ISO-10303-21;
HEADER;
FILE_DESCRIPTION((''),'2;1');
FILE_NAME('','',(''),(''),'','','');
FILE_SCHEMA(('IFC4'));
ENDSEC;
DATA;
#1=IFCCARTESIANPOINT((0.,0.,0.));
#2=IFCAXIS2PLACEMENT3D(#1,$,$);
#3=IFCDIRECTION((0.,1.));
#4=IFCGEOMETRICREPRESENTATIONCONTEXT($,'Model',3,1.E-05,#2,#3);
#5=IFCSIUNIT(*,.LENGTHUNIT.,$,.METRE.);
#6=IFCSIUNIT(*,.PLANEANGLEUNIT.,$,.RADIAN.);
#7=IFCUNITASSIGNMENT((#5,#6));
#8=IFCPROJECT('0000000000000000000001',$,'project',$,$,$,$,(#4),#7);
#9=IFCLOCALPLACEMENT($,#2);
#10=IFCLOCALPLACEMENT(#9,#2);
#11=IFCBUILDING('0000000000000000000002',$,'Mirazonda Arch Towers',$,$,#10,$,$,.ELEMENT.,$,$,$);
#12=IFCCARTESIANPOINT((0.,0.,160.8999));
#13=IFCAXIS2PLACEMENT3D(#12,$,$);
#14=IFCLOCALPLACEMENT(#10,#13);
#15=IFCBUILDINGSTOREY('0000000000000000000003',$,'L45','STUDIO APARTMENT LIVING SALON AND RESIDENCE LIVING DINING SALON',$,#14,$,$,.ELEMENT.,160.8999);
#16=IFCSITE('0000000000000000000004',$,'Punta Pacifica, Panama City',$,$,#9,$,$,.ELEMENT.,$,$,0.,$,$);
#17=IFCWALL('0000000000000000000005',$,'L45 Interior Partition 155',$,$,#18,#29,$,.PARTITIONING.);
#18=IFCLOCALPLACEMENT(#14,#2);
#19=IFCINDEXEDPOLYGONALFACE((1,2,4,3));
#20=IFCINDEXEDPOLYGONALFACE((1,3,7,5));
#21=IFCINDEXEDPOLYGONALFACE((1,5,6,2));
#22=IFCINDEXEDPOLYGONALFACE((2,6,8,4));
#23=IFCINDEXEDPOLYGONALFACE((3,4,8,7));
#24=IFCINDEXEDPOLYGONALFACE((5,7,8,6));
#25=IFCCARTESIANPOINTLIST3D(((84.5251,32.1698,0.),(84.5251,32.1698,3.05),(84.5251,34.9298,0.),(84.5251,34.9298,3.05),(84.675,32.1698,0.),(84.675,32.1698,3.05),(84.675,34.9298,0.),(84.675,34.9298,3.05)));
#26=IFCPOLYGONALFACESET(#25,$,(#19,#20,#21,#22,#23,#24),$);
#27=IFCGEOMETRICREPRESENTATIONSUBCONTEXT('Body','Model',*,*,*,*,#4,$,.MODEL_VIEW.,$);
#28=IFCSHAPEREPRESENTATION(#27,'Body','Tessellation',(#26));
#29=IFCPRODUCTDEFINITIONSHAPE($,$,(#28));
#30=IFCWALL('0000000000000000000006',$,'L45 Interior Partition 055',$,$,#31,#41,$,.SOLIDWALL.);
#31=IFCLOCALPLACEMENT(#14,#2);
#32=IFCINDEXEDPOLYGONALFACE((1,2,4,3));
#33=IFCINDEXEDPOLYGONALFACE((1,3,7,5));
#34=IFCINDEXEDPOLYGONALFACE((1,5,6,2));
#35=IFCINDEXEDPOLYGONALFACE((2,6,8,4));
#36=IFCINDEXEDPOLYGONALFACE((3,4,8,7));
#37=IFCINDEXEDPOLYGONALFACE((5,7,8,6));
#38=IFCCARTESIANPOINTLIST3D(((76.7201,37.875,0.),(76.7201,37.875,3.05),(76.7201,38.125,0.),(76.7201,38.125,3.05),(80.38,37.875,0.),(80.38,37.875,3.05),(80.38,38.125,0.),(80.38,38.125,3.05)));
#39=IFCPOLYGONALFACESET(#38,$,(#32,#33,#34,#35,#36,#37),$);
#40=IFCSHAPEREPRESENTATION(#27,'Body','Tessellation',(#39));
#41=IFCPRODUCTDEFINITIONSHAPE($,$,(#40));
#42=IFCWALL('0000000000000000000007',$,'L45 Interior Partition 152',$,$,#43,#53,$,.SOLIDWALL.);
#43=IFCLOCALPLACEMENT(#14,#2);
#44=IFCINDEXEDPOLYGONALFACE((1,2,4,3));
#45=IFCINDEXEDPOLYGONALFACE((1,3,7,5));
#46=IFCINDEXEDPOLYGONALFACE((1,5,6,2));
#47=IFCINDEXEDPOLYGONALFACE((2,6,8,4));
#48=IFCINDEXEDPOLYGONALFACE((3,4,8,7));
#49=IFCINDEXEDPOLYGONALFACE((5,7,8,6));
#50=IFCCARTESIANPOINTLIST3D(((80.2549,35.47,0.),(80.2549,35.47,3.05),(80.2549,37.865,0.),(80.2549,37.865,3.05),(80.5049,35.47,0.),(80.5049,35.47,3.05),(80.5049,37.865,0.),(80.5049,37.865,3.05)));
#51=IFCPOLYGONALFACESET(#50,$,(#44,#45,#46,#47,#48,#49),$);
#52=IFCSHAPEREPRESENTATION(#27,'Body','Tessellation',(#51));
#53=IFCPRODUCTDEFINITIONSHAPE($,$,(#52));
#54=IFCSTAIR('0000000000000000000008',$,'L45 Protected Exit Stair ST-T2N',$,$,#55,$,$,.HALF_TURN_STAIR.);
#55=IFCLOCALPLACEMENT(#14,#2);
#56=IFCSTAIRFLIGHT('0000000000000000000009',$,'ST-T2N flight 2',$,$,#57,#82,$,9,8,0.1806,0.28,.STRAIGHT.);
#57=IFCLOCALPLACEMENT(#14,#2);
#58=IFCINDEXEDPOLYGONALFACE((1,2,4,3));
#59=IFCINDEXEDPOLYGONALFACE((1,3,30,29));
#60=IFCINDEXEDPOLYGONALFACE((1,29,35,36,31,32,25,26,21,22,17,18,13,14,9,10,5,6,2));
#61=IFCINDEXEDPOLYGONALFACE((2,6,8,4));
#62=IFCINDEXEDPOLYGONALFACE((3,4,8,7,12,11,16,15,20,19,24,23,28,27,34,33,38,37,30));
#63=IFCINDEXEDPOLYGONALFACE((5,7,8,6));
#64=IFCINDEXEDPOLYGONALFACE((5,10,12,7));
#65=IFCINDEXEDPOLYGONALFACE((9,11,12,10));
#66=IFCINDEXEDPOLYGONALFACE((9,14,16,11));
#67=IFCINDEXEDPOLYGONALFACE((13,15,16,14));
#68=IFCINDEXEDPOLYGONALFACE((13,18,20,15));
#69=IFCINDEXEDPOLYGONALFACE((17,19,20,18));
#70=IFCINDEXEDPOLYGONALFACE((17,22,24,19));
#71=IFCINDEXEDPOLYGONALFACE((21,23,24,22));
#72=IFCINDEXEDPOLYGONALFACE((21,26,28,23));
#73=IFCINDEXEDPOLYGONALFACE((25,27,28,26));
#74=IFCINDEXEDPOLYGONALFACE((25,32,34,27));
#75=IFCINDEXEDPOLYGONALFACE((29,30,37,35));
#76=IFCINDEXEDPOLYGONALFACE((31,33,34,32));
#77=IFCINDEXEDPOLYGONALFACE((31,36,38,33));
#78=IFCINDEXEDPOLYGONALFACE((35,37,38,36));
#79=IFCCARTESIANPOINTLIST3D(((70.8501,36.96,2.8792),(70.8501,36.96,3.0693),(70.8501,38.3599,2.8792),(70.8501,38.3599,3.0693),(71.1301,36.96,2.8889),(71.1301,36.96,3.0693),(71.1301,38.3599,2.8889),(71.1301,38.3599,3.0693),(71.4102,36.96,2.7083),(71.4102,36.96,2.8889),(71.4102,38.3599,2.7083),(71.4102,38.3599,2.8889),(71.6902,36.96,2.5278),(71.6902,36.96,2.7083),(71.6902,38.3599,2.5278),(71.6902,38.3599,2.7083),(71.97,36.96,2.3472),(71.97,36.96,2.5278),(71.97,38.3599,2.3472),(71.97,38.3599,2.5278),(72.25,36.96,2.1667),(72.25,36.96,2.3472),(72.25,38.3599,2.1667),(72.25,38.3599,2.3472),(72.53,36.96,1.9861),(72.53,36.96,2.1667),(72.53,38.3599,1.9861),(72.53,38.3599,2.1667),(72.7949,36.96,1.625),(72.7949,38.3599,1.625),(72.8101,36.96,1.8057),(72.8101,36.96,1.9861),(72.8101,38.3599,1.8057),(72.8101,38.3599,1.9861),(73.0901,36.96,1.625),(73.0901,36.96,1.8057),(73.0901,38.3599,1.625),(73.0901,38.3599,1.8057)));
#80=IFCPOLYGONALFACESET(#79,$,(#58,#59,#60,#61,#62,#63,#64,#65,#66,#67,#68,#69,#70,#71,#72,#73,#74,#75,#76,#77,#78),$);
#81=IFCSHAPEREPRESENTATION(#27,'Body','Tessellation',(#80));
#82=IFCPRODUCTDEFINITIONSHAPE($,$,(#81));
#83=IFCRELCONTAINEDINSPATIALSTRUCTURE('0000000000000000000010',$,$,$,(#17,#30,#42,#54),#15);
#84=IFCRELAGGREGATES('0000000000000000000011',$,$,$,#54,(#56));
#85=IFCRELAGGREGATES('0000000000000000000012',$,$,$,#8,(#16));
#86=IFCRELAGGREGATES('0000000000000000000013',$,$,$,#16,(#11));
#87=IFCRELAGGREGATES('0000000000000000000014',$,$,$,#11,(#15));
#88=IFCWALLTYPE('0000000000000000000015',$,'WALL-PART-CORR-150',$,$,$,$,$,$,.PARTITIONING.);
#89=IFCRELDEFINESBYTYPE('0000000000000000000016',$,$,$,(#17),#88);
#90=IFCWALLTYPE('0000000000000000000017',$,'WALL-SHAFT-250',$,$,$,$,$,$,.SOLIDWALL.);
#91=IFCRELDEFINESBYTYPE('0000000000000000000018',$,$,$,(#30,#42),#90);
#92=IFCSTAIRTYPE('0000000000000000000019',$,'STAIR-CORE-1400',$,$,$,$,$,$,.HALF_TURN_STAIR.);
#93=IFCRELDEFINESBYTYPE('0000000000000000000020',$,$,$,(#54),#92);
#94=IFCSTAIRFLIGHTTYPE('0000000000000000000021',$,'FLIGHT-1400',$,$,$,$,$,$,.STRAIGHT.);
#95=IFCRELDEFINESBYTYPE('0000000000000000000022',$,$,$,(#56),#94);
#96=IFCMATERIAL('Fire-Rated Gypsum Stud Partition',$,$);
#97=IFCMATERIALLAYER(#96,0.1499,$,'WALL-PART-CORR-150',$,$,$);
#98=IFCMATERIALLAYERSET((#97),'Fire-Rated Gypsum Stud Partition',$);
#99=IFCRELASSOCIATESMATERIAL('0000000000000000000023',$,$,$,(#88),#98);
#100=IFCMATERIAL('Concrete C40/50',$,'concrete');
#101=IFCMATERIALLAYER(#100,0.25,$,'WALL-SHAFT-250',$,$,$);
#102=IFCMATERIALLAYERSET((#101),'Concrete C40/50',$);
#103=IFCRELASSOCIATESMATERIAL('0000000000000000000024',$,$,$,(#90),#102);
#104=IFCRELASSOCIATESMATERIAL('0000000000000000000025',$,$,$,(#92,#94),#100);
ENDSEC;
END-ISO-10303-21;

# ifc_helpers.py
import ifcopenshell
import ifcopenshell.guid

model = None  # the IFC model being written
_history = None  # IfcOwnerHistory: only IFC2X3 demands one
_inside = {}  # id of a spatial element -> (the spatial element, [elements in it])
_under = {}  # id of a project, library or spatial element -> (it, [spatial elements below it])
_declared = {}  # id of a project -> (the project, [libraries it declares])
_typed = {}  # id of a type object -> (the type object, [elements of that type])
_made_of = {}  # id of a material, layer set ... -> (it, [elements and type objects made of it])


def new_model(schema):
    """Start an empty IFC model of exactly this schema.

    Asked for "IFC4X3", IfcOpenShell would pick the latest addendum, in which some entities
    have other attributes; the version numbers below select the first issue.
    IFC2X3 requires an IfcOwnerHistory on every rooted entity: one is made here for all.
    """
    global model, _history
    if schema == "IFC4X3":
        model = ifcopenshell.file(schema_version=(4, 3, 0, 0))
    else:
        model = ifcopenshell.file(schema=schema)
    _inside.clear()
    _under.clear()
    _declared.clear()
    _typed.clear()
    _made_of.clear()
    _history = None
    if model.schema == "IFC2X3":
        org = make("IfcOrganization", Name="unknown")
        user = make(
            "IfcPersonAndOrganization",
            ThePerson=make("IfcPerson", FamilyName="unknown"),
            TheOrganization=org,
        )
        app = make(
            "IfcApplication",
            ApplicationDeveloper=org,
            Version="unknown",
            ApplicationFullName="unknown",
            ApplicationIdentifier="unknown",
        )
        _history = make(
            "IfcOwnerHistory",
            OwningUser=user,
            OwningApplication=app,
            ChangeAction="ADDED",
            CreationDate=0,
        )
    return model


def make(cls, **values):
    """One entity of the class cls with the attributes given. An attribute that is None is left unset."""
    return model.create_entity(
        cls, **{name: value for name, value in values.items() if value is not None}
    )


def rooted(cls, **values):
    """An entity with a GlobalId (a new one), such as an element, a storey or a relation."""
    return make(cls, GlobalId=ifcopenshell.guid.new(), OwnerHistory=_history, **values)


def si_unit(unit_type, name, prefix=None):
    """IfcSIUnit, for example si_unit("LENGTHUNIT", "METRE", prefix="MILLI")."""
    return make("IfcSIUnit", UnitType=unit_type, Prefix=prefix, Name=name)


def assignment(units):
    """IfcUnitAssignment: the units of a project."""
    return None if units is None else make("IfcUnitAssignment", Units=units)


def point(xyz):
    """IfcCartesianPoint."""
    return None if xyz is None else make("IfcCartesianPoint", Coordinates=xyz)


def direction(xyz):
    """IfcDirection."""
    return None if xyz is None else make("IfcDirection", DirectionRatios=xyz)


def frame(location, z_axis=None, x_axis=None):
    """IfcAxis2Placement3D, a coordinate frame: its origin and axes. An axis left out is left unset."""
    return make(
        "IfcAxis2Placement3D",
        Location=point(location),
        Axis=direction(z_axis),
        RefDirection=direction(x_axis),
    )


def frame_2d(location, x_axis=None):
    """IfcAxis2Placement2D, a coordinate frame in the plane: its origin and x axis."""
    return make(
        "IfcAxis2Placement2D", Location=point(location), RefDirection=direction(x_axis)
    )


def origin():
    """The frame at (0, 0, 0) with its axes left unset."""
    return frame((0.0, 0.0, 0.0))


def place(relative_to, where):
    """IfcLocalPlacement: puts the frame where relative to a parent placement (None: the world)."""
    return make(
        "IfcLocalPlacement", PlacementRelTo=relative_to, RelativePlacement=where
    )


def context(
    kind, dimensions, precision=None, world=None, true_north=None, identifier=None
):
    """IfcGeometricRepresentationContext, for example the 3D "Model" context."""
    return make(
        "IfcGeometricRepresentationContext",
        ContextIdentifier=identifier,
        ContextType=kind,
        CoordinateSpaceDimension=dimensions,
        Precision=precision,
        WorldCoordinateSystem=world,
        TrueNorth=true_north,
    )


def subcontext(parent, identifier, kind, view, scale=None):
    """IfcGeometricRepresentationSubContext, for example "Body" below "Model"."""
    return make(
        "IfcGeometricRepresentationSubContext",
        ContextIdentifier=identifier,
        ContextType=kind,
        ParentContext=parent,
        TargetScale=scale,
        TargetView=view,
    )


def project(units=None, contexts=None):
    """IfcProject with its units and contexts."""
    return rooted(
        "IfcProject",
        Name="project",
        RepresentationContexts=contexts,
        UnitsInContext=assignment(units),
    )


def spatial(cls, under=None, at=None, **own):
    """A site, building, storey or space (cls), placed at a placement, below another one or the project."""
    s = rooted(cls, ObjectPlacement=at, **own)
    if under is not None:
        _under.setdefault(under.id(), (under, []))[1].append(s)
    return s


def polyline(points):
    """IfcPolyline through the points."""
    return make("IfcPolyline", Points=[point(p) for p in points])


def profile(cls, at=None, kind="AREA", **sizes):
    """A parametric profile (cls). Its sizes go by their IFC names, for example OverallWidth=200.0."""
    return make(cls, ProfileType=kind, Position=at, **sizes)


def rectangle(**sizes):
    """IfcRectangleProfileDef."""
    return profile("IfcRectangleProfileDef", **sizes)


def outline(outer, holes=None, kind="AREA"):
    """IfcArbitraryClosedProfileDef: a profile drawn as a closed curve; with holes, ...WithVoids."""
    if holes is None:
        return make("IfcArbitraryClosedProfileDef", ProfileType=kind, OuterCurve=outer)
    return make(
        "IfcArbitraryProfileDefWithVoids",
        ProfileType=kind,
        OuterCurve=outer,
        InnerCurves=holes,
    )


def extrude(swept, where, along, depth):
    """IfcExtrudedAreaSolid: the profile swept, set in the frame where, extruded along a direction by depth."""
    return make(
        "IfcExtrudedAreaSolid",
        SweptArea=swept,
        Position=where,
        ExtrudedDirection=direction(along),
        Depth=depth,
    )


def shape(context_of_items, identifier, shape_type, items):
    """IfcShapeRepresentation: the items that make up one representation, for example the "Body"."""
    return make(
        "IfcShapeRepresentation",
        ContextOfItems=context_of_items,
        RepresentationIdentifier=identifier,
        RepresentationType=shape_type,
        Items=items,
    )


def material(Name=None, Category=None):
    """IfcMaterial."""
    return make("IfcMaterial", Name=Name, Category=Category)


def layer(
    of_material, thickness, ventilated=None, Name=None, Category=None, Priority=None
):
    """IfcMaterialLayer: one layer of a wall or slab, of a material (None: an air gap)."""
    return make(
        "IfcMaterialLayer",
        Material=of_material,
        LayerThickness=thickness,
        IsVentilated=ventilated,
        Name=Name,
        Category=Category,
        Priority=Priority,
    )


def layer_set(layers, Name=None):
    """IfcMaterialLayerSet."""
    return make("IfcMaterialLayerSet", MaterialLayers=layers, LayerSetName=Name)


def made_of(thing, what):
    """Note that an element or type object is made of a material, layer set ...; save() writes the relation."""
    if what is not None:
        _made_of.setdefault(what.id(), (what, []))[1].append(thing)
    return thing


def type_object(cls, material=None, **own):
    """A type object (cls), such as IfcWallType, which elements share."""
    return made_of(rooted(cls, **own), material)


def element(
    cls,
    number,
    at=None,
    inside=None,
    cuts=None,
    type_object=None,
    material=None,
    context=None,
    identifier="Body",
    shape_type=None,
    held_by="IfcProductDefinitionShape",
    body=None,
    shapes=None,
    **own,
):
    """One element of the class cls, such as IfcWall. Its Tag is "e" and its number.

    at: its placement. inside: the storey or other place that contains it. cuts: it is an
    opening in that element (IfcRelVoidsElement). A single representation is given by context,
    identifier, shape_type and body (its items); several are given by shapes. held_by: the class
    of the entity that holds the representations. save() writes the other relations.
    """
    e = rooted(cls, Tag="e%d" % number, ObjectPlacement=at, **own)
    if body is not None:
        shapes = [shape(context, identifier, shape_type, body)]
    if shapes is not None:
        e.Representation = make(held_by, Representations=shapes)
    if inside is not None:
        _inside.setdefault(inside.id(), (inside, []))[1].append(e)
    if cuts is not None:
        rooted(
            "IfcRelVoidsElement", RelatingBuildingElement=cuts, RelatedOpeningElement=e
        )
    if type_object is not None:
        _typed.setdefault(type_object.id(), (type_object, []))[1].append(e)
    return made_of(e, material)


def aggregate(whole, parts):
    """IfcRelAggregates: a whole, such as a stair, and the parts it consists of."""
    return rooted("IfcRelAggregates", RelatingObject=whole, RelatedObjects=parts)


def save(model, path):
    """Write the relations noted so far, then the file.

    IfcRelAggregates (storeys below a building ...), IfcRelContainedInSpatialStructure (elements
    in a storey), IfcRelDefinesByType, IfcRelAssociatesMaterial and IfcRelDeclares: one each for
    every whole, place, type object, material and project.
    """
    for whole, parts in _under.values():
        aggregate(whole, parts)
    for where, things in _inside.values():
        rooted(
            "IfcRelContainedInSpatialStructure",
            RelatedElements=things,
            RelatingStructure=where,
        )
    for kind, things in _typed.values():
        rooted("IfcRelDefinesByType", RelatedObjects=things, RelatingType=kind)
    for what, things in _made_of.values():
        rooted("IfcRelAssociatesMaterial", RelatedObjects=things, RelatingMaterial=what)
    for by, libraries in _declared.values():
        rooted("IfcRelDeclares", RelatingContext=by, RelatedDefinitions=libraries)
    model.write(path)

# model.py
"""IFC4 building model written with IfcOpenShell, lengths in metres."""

from ifc_helpers import new_model, si_unit, direction, frame, frame_2d, origin, place, context, subcontext, project, spatial, polyline, rectangle, outline, extrude, material, layer, layer_set, type_object, element, aggregate, save


model = new_model("IFC4")

# Units and contexts
model_context = context("Model", 3, precision=1e-05, world=origin(), true_north=direction((0.0, 1.0)))
body_context = subcontext(model_context, "Body", "Model", "MODEL_VIEW")
ifc_project = project(units=[si_unit("LENGTHUNIT", "METRE"), si_unit("PLANEANGLEUNIT", "RADIAN")], contexts=[model_context])

# Site, building, storey
site_placement = place(None, origin())
site = spatial("IfcSite", under=ifc_project, at=site_placement, Name="Punta Pacifica, Panama City", CompositionType="ELEMENT", RefElevation=0.0)
building_placement = place(site_placement, origin())
building = spatial("IfcBuilding", under=site, at=building_placement, Name="Mirazonda Arch Towers", CompositionType="ELEMENT")
storey_placement = place(building_placement, frame((0.0, 0.0, 160.8999)))
storey = spatial("IfcBuildingStorey", under=building, at=storey_placement, Name="L45", Description="STUDIO APARTMENT LIVING SALON AND RESIDENCE LIVING DINING SALON", CompositionType="ELEMENT", Elevation=160.8999)

# Shared definitions
ifc_material_1 = material(Name="Concrete C40/50", Category="concrete")

# Walls
ifc_material_2 = material(Name="Fire-Rated Gypsum Stud Partition")
ifc_layer_1 = layer(ifc_material_2, 0.1499, Name="WALL-PART-CORR-150")
ifc_layer_set_1 = layer_set([ifc_layer_1], Name="Fire-Rated Gypsum Stud Partition")
wall_type_1 = type_object("IfcWallType", Name="WALL-PART-CORR-150", PredefinedType="PARTITIONING", material=ifc_layer_set_1)
wall_1_placement = place(storey_placement, frame((84.6001, 32.1699, 0.0), z_axis=(0.0, 0.0, 1.0), x_axis=(0.0, 1.0, 0.0)))
element("IfcWall", 1, at=wall_1_placement, inside=storey, type_object=wall_type_1, Name="L45 Interior Partition 155", PredefinedType="PARTITIONING", context=body_context, shape_type="SweptSolid", body=[
    extrude(rectangle(XDim=2.76, YDim=0.1499, at=frame_2d((1.3799, 0.0))), origin(), (0.0, 0.0, 1.0), 3.05),
])
ifc_layer_2 = layer(ifc_material_1, 0.25, Name="WALL-SHAFT-250")
ifc_layer_set_2 = layer_set([ifc_layer_2], Name="Concrete C40/50")
wall_type_2 = type_object("IfcWallType", Name="WALL-SHAFT-250", PredefinedType="SOLIDWALL", material=ifc_layer_set_2)
wall_2_placement = place(storey_placement, frame((76.72, 38.0, 0.0), z_axis=(0.0, 0.0, 1.0), x_axis=(1.0, 0.0, 0.0)))
element("IfcWall", 2, at=wall_2_placement, inside=storey, type_object=wall_type_2, Name="L45 Interior Partition 055", PredefinedType="SOLIDWALL", context=body_context, shape_type="SweptSolid", body=[
    extrude(rectangle(XDim=3.6599, YDim=0.25, at=frame_2d((1.8301, 0.0))), origin(), (0.0, 0.0, 1.0), 3.05),
])
wall_3_placement = place(storey_placement, frame((80.3799, 35.47, 0.0), z_axis=(0.0, 0.0, 1.0), x_axis=(0.0, 1.0, 0.0)))
element("IfcWall", 3, at=wall_3_placement, inside=storey, type_object=wall_type_2, Name="L45 Interior Partition 152", PredefinedType="SOLIDWALL", context=body_context, shape_type="SweptSolid", body=[
    extrude(rectangle(XDim=2.395, YDim=0.25, at=frame_2d((1.1975, 0.0))), origin(), (0.0, 0.0, 1.0), 3.05),
])

# Stair, stair flight
stair_type = type_object("IfcStairType", Name="STAIR-CORE-1400", PredefinedType="HALF_TURN_STAIR", material=ifc_material_1)
stair_placement = place(storey_placement, origin())
stair = element("IfcStair", 4, at=stair_placement, inside=storey, type_object=stair_type, Name="L45 Protected Exit Stair ST-T2N", PredefinedType="HALF_TURN_STAIR")
stair_flight_type = type_object("IfcStairFlightType", Name="FLIGHT-1400", PredefinedType="STRAIGHT", material=ifc_material_1)
stair_flight_placement = place(storey_placement, frame((73.0901, 37.6599, 1.625), z_axis=(0.0, 0.0, 1.0), x_axis=(-1.0, 0.0, 0.0)))
stair_flight = element("IfcStairFlight", 5, at=stair_flight_placement, type_object=stair_flight_type, Name="ST-T2N flight 2", NumberOfRisers=9, NumberOfTreads=8, PredefinedType="STRAIGHT", RiserHeight=0.1806, TreadLength=0.28, context=body_context, shape_type="SweptSolid", body=[
    extrude(outline(polyline([(0.0, 0.0), (0.0, 0.1807), (0.28, 0.1807), (0.28, 0.3611), (0.5601, 0.3611), (0.5601, 0.5417), (0.8401, 0.5417), (0.8401, 0.7222), (1.1201, 0.7222), (1.1201, 0.9028), (1.3999, 0.9028), (1.3999, 1.0833), (1.6799, 1.0833), (1.6799, 1.2639), (1.96, 1.2639), (1.96, 1.4443), (2.24, 1.4443), (2.24, 1.625), (2.24, 1.2542), (0.2952, 0.0), (0.0, 0.0)])), frame((0.0, 0.7, 0.0), z_axis=(0.0, -1.0, 0.0), x_axis=(1.0, 0.0, 0.0)), (0.0, 0.0, 1.0), 1.3999),
])
aggregate(stair, [stair_flight])

save(model, "model.ifc")
